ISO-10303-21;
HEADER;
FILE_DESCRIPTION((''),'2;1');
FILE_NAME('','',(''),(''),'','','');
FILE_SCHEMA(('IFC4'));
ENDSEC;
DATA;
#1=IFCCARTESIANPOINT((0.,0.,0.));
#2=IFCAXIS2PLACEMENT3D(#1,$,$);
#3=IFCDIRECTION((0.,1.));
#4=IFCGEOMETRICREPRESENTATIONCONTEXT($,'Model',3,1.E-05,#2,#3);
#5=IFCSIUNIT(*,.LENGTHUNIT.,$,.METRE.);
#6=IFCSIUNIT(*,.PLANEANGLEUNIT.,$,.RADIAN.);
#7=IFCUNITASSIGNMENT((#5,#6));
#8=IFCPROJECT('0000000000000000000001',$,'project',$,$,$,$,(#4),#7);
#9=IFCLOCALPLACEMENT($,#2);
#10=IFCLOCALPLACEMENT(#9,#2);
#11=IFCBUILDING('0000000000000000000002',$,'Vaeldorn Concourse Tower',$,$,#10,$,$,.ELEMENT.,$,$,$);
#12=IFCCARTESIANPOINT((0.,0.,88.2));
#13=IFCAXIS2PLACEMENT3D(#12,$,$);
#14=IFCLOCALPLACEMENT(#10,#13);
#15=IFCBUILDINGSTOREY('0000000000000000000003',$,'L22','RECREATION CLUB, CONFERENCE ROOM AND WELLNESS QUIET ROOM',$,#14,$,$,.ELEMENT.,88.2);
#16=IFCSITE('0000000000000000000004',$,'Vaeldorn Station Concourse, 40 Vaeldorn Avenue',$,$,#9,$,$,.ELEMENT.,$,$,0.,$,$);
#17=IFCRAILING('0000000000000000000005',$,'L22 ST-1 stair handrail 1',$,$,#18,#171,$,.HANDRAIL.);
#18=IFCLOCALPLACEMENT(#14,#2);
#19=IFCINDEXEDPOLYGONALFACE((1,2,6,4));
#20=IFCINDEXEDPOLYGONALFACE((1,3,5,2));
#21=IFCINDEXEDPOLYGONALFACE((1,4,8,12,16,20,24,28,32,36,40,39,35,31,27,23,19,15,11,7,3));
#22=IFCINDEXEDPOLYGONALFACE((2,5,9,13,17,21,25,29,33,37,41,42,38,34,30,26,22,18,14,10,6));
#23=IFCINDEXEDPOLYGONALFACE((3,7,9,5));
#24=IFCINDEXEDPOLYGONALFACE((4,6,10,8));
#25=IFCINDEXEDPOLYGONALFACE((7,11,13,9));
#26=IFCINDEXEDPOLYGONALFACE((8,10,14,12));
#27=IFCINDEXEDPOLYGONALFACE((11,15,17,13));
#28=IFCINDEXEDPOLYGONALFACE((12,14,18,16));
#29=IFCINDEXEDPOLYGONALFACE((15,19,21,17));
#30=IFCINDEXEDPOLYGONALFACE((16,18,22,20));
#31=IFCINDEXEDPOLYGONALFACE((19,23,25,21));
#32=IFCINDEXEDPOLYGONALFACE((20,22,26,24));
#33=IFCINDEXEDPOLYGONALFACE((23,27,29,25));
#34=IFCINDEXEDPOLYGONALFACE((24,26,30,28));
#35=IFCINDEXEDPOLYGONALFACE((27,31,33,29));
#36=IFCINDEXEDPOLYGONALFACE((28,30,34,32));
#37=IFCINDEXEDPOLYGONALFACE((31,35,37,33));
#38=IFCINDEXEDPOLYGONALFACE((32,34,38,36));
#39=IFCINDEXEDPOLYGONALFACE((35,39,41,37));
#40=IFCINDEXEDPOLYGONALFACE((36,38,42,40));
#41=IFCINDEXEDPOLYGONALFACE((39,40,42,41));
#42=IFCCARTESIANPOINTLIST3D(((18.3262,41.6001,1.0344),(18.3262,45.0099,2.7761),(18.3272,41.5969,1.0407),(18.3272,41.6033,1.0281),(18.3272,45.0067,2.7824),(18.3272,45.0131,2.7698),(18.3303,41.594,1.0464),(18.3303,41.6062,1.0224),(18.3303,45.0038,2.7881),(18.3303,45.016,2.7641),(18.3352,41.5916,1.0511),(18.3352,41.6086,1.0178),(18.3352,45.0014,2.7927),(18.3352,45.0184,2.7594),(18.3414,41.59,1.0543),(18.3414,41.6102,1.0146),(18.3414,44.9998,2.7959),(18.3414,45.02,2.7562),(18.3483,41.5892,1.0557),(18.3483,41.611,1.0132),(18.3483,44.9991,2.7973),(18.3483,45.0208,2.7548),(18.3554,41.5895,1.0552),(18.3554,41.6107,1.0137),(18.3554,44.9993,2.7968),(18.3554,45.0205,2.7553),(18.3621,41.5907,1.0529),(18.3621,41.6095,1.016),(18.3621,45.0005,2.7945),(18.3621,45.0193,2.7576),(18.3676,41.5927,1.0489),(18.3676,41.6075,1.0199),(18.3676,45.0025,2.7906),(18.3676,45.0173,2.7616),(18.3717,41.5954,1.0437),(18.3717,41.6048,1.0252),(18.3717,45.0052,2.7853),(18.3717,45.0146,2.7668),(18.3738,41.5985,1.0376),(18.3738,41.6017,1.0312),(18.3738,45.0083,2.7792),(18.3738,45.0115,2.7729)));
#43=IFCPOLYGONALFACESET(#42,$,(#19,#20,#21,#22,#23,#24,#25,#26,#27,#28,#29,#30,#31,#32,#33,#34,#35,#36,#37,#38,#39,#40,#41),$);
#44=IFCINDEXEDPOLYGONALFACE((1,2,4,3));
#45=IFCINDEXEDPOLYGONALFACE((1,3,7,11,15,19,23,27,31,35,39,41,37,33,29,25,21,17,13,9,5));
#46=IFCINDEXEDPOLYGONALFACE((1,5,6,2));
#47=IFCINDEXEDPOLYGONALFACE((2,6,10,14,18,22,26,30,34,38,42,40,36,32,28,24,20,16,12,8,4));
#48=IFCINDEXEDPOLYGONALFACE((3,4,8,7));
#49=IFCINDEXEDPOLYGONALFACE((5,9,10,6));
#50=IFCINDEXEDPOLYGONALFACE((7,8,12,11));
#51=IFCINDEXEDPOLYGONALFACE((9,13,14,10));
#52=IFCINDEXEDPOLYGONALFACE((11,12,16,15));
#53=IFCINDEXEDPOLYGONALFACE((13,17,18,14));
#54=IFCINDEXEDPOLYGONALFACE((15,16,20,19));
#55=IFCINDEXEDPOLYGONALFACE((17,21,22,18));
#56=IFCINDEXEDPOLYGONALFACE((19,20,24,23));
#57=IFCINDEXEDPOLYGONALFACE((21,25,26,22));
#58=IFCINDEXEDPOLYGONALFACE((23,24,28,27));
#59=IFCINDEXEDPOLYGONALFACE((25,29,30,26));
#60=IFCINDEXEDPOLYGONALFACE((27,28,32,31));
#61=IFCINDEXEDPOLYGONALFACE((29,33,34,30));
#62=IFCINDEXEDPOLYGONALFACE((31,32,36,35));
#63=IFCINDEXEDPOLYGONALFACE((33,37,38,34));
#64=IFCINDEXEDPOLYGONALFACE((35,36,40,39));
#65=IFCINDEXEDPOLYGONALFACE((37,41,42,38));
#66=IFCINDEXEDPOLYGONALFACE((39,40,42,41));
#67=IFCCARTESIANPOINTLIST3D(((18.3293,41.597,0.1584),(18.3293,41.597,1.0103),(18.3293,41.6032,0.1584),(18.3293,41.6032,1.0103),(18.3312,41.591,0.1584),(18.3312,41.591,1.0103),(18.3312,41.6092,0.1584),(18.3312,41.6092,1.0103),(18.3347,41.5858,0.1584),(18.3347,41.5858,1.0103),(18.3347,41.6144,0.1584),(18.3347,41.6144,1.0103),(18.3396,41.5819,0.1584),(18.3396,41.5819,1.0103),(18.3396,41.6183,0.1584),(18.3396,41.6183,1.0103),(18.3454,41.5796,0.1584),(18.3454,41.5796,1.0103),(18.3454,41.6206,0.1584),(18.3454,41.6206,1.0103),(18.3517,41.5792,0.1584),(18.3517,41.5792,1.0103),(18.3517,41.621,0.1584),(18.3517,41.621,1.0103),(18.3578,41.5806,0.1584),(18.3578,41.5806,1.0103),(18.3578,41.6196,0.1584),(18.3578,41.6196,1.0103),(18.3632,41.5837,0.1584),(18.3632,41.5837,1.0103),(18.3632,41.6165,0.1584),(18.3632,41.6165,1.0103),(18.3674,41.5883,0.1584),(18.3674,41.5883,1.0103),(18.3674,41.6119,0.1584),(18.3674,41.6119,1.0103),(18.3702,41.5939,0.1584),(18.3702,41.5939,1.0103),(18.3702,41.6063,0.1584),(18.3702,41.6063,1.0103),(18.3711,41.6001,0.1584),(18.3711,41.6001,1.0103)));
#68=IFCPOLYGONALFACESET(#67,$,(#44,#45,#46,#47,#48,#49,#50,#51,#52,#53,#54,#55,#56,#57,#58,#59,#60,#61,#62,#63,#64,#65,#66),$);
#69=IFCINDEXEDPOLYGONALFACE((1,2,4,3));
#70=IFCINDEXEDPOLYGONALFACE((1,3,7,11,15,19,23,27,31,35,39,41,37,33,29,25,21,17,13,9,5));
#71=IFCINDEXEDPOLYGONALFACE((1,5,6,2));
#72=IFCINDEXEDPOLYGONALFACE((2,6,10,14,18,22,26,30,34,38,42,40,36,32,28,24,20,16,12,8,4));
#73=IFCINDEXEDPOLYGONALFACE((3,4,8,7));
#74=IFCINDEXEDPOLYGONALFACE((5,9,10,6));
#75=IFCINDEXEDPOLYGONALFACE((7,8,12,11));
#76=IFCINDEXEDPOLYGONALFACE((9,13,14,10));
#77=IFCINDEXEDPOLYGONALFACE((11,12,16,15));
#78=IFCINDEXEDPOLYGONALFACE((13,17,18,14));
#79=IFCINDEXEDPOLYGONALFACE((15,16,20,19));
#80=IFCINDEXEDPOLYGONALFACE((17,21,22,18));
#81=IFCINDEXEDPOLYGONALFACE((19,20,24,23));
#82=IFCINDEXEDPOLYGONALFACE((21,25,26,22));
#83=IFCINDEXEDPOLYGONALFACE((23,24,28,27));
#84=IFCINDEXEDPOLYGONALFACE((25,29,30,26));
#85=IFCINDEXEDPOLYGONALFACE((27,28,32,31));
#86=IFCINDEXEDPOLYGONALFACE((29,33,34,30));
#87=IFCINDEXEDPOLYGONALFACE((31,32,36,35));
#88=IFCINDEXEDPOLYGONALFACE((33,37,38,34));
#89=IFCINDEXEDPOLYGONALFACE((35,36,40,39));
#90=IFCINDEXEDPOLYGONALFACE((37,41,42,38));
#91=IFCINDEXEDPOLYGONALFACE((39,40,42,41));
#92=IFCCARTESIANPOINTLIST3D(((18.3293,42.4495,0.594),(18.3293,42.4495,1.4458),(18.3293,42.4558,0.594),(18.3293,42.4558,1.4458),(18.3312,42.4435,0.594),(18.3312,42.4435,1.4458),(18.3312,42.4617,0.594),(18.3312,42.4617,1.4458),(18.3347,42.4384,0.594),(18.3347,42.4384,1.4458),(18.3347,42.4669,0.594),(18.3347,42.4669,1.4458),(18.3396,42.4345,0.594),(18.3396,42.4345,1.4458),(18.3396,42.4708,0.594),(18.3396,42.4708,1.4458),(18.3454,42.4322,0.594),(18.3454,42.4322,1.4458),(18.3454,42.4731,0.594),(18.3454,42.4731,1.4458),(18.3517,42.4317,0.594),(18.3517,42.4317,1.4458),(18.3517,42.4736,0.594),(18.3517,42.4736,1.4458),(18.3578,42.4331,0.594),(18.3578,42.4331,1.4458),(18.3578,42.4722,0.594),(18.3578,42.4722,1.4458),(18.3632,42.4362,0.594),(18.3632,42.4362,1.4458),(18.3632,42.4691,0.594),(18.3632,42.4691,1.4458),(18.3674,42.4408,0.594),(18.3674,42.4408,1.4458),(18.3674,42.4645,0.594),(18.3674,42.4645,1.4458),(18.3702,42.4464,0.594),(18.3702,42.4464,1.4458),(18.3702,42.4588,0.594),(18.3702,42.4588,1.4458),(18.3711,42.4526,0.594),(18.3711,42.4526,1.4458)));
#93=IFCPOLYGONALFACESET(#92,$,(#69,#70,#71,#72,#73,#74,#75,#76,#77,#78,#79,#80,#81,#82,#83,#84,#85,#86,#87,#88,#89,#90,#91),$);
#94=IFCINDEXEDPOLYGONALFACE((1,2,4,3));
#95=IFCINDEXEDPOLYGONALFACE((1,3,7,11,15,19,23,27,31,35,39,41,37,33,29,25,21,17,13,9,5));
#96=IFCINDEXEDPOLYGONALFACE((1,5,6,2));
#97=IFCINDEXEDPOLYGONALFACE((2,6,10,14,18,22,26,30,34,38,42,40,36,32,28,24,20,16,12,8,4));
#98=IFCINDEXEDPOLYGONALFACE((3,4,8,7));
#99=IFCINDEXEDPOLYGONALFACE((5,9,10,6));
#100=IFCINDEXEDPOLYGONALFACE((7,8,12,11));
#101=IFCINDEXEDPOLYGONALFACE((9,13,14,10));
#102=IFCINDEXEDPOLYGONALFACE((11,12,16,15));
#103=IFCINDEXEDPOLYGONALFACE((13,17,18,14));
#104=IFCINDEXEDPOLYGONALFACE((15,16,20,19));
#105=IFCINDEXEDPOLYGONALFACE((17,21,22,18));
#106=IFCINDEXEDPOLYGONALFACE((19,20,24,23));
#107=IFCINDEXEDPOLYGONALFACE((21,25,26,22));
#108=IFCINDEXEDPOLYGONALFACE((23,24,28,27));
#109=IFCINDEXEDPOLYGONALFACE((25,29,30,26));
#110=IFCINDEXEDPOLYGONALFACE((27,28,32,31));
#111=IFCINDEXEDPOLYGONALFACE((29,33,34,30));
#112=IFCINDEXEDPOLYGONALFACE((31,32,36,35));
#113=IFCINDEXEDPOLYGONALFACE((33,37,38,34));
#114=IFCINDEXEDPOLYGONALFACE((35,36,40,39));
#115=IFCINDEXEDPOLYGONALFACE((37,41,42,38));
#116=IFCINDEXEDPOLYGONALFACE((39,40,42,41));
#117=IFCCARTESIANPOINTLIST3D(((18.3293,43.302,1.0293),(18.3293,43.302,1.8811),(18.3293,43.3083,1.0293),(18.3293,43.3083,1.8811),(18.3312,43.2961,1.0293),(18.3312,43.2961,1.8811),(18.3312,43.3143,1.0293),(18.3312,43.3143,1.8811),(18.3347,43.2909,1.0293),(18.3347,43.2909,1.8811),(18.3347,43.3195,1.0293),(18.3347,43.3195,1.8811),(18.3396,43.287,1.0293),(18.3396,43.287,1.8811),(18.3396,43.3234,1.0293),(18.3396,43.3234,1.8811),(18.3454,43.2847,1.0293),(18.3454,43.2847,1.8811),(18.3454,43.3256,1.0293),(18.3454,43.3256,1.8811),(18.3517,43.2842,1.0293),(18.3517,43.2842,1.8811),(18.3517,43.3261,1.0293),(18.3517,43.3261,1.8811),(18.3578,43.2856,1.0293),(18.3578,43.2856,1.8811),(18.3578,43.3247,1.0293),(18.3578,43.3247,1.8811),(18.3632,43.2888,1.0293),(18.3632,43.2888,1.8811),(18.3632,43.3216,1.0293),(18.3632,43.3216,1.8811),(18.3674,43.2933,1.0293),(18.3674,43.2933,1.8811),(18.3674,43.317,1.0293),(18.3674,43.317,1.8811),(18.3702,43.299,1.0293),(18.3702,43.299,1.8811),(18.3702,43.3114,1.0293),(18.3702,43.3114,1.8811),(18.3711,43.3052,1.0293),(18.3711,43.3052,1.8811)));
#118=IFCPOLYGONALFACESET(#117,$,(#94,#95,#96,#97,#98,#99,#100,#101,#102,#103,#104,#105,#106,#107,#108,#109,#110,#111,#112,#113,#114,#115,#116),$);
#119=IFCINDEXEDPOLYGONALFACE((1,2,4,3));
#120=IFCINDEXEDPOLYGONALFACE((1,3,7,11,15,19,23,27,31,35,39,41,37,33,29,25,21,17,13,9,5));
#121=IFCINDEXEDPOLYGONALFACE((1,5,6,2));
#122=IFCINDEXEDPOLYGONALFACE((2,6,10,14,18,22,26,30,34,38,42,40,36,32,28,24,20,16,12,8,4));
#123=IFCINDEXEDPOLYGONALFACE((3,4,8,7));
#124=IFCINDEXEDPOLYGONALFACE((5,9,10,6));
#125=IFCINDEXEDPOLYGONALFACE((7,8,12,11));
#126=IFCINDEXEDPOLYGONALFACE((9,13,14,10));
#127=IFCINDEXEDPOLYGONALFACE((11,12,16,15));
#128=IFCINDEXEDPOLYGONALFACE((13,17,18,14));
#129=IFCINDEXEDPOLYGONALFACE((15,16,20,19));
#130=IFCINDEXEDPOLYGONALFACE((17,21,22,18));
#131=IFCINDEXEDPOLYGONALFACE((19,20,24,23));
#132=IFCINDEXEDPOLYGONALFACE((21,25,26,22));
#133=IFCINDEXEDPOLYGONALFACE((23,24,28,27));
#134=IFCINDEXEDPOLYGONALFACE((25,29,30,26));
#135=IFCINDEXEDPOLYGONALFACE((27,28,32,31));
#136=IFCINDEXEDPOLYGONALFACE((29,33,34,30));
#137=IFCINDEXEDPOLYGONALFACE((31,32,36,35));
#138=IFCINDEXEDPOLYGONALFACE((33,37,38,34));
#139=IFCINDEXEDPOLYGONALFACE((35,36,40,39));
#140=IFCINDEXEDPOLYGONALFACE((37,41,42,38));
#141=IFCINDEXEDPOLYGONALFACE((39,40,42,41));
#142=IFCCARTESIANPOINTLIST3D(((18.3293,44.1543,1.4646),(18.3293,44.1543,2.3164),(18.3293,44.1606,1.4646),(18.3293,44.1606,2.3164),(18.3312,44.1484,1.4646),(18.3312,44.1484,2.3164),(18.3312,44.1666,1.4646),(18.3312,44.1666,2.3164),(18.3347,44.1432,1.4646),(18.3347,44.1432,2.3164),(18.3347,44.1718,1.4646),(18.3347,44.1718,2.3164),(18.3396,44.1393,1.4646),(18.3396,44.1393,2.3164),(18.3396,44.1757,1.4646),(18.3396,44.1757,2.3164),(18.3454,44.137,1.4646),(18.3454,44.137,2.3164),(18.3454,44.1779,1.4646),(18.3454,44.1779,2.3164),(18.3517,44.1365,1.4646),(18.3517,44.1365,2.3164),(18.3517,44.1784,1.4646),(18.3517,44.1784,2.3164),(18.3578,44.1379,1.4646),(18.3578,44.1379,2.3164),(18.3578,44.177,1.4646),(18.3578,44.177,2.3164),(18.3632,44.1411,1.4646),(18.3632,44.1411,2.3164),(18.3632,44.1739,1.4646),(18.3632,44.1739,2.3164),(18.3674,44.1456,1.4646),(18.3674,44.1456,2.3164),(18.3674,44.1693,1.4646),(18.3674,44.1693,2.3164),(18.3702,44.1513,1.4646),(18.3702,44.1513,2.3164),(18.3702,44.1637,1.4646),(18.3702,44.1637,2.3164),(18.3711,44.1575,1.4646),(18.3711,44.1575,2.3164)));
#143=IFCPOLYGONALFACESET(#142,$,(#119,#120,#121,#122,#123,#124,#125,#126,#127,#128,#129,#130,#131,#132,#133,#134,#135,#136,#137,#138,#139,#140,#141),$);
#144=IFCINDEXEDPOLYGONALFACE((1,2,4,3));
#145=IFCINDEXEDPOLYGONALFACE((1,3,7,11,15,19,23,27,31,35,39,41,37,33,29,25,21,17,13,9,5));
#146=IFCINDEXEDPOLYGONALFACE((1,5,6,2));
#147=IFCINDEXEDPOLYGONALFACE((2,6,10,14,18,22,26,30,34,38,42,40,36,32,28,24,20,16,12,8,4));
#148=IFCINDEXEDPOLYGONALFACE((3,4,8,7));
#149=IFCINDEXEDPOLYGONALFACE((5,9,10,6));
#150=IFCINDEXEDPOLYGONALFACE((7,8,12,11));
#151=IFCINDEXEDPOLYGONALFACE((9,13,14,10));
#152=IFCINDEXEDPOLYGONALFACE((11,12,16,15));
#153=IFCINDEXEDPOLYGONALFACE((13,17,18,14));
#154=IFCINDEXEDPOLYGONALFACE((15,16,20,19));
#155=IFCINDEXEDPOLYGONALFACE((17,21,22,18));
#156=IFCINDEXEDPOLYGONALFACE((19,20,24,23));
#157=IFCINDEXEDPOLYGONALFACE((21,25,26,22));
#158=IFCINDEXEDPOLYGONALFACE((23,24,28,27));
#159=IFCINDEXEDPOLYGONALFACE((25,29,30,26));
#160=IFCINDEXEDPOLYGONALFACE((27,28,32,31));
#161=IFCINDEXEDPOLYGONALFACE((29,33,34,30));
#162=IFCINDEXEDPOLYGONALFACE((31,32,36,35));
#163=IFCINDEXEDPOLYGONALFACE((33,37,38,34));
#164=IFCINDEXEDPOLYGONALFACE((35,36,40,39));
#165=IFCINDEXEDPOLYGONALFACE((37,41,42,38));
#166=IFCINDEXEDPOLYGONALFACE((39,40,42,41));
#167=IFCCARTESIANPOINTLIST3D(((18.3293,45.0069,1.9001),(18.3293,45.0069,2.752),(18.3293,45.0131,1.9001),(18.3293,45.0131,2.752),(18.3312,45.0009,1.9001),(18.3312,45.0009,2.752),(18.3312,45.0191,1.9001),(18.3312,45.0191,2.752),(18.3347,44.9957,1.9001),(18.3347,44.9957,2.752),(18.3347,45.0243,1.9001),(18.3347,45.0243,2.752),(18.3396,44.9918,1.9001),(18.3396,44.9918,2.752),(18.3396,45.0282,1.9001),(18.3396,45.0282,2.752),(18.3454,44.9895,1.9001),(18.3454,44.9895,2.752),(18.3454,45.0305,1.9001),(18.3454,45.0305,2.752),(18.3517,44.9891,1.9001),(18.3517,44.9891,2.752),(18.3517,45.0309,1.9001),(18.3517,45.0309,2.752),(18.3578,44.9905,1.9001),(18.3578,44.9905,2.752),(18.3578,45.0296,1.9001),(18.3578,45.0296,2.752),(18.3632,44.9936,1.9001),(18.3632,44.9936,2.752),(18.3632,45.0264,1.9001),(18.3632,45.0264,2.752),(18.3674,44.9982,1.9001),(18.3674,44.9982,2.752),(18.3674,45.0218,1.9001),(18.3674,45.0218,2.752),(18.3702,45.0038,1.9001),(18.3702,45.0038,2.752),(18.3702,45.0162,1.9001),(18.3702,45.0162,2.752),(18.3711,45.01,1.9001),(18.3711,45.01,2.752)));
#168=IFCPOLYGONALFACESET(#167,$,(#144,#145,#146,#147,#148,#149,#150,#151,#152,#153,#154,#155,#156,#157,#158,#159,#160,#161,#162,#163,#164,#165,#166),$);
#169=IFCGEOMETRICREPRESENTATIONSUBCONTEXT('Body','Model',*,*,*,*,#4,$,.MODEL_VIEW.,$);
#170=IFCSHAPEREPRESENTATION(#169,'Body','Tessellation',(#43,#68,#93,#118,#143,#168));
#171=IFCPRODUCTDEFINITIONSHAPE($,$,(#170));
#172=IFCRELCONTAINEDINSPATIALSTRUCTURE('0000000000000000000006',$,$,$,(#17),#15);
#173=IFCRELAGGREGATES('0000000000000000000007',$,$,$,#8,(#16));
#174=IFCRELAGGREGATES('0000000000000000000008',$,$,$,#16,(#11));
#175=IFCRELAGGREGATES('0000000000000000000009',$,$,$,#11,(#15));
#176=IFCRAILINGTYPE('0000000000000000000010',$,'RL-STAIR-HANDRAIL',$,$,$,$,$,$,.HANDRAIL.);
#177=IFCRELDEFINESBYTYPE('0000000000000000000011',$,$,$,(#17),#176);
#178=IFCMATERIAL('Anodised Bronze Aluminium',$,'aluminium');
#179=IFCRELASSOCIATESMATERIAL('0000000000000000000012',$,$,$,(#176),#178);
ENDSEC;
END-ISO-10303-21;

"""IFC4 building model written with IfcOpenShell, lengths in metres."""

from ifc_helpers import new_model, si_unit, direction, frame, origin, origin_2d, place, context, subcontext, project, spatial, circle, extrude, material, type_object, element, save


model = new_model("IFC4")

# Units and contexts
model_context = context("Model", 3, precision=1e-05, world=origin(), true_north=direction((0.0, 1.0)))
body_context = subcontext(model_context, "Body", "Model", "MODEL_VIEW")
ifc_project = project(units=[si_unit("LENGTHUNIT", "METRE"), si_unit("PLANEANGLEUNIT", "RADIAN")], contexts=[model_context])

# Site, building, storey
site_placement = place(None, origin())
site = spatial("IfcSite", under=ifc_project, at=site_placement, Name="Vaeldorn Station Concourse, 40 Vaeldorn Avenue", CompositionType="ELEMENT", RefElevation=0.0)
building_placement = place(site_placement, origin())
building = spatial("IfcBuilding", under=site, at=building_placement, Name="Vaeldorn Concourse Tower", CompositionType="ELEMENT")
storey_placement = place(building_placement, frame((0.0, 0.0, 88.2)))
storey = spatial("IfcBuildingStorey", under=building, at=storey_placement, Name="L22", Description="RECREATION CLUB, CONFERENCE ROOM AND WELLNESS QUIET ROOM", CompositionType="ELEMENT", Elevation=88.2)

# Shared definitions
ifc_material_1 = material(Name="Anodised Bronze Aluminium", Category="aluminium")

# Railing
railing_type_1 = type_object("IfcRailingType", Name="RL-STAIR-HANDRAIL", PredefinedType="HANDRAIL", material=ifc_material_1)
railing_1_placement = place(storey_placement, frame((18.3501, 41.6001, 0.1584)))
element("IfcRailing", 1, at=railing_1_placement, inside=storey, type_object=railing_type_1, Name="L22 ST-1 stair handrail 1", PredefinedType="HANDRAIL", context=body_context, shape_type="SweptSolid", body=[
    extrude(circle(Radius=0.0239, at=origin_2d()), frame((0.0, 0.0, 0.876), z_axis=(0.0, 0.890556, 0.454874), x_axis=(-1.0, 0.0, 0.0)), (0.0, 0.0, 1.0), 3.8289),
    extrude(circle(Radius=0.021, at=origin_2d()), origin(), (0.0, 0.0, 1.0), 0.8518),
    extrude(circle(Radius=0.021, at=origin_2d()), frame((0.0, 0.8525, 0.4355)), (0.0, 0.0, 1.0), 0.8518),
    extrude(circle(Radius=0.021, at=origin_2d()), frame((0.0, 1.7051, 0.8708)), (0.0, 0.0, 1.0), 0.8518),
    extrude(circle(Radius=0.021, at=origin_2d()), frame((0.0, 2.5574, 1.3062)), (0.0, 0.0, 1.0), 0.8518),
    extrude(circle(Radius=0.021, at=origin_2d()), frame((0.0, 3.4099, 1.7417)), (0.0, 0.0, 1.0), 0.8518),
])

save(model, "model.ifc")
